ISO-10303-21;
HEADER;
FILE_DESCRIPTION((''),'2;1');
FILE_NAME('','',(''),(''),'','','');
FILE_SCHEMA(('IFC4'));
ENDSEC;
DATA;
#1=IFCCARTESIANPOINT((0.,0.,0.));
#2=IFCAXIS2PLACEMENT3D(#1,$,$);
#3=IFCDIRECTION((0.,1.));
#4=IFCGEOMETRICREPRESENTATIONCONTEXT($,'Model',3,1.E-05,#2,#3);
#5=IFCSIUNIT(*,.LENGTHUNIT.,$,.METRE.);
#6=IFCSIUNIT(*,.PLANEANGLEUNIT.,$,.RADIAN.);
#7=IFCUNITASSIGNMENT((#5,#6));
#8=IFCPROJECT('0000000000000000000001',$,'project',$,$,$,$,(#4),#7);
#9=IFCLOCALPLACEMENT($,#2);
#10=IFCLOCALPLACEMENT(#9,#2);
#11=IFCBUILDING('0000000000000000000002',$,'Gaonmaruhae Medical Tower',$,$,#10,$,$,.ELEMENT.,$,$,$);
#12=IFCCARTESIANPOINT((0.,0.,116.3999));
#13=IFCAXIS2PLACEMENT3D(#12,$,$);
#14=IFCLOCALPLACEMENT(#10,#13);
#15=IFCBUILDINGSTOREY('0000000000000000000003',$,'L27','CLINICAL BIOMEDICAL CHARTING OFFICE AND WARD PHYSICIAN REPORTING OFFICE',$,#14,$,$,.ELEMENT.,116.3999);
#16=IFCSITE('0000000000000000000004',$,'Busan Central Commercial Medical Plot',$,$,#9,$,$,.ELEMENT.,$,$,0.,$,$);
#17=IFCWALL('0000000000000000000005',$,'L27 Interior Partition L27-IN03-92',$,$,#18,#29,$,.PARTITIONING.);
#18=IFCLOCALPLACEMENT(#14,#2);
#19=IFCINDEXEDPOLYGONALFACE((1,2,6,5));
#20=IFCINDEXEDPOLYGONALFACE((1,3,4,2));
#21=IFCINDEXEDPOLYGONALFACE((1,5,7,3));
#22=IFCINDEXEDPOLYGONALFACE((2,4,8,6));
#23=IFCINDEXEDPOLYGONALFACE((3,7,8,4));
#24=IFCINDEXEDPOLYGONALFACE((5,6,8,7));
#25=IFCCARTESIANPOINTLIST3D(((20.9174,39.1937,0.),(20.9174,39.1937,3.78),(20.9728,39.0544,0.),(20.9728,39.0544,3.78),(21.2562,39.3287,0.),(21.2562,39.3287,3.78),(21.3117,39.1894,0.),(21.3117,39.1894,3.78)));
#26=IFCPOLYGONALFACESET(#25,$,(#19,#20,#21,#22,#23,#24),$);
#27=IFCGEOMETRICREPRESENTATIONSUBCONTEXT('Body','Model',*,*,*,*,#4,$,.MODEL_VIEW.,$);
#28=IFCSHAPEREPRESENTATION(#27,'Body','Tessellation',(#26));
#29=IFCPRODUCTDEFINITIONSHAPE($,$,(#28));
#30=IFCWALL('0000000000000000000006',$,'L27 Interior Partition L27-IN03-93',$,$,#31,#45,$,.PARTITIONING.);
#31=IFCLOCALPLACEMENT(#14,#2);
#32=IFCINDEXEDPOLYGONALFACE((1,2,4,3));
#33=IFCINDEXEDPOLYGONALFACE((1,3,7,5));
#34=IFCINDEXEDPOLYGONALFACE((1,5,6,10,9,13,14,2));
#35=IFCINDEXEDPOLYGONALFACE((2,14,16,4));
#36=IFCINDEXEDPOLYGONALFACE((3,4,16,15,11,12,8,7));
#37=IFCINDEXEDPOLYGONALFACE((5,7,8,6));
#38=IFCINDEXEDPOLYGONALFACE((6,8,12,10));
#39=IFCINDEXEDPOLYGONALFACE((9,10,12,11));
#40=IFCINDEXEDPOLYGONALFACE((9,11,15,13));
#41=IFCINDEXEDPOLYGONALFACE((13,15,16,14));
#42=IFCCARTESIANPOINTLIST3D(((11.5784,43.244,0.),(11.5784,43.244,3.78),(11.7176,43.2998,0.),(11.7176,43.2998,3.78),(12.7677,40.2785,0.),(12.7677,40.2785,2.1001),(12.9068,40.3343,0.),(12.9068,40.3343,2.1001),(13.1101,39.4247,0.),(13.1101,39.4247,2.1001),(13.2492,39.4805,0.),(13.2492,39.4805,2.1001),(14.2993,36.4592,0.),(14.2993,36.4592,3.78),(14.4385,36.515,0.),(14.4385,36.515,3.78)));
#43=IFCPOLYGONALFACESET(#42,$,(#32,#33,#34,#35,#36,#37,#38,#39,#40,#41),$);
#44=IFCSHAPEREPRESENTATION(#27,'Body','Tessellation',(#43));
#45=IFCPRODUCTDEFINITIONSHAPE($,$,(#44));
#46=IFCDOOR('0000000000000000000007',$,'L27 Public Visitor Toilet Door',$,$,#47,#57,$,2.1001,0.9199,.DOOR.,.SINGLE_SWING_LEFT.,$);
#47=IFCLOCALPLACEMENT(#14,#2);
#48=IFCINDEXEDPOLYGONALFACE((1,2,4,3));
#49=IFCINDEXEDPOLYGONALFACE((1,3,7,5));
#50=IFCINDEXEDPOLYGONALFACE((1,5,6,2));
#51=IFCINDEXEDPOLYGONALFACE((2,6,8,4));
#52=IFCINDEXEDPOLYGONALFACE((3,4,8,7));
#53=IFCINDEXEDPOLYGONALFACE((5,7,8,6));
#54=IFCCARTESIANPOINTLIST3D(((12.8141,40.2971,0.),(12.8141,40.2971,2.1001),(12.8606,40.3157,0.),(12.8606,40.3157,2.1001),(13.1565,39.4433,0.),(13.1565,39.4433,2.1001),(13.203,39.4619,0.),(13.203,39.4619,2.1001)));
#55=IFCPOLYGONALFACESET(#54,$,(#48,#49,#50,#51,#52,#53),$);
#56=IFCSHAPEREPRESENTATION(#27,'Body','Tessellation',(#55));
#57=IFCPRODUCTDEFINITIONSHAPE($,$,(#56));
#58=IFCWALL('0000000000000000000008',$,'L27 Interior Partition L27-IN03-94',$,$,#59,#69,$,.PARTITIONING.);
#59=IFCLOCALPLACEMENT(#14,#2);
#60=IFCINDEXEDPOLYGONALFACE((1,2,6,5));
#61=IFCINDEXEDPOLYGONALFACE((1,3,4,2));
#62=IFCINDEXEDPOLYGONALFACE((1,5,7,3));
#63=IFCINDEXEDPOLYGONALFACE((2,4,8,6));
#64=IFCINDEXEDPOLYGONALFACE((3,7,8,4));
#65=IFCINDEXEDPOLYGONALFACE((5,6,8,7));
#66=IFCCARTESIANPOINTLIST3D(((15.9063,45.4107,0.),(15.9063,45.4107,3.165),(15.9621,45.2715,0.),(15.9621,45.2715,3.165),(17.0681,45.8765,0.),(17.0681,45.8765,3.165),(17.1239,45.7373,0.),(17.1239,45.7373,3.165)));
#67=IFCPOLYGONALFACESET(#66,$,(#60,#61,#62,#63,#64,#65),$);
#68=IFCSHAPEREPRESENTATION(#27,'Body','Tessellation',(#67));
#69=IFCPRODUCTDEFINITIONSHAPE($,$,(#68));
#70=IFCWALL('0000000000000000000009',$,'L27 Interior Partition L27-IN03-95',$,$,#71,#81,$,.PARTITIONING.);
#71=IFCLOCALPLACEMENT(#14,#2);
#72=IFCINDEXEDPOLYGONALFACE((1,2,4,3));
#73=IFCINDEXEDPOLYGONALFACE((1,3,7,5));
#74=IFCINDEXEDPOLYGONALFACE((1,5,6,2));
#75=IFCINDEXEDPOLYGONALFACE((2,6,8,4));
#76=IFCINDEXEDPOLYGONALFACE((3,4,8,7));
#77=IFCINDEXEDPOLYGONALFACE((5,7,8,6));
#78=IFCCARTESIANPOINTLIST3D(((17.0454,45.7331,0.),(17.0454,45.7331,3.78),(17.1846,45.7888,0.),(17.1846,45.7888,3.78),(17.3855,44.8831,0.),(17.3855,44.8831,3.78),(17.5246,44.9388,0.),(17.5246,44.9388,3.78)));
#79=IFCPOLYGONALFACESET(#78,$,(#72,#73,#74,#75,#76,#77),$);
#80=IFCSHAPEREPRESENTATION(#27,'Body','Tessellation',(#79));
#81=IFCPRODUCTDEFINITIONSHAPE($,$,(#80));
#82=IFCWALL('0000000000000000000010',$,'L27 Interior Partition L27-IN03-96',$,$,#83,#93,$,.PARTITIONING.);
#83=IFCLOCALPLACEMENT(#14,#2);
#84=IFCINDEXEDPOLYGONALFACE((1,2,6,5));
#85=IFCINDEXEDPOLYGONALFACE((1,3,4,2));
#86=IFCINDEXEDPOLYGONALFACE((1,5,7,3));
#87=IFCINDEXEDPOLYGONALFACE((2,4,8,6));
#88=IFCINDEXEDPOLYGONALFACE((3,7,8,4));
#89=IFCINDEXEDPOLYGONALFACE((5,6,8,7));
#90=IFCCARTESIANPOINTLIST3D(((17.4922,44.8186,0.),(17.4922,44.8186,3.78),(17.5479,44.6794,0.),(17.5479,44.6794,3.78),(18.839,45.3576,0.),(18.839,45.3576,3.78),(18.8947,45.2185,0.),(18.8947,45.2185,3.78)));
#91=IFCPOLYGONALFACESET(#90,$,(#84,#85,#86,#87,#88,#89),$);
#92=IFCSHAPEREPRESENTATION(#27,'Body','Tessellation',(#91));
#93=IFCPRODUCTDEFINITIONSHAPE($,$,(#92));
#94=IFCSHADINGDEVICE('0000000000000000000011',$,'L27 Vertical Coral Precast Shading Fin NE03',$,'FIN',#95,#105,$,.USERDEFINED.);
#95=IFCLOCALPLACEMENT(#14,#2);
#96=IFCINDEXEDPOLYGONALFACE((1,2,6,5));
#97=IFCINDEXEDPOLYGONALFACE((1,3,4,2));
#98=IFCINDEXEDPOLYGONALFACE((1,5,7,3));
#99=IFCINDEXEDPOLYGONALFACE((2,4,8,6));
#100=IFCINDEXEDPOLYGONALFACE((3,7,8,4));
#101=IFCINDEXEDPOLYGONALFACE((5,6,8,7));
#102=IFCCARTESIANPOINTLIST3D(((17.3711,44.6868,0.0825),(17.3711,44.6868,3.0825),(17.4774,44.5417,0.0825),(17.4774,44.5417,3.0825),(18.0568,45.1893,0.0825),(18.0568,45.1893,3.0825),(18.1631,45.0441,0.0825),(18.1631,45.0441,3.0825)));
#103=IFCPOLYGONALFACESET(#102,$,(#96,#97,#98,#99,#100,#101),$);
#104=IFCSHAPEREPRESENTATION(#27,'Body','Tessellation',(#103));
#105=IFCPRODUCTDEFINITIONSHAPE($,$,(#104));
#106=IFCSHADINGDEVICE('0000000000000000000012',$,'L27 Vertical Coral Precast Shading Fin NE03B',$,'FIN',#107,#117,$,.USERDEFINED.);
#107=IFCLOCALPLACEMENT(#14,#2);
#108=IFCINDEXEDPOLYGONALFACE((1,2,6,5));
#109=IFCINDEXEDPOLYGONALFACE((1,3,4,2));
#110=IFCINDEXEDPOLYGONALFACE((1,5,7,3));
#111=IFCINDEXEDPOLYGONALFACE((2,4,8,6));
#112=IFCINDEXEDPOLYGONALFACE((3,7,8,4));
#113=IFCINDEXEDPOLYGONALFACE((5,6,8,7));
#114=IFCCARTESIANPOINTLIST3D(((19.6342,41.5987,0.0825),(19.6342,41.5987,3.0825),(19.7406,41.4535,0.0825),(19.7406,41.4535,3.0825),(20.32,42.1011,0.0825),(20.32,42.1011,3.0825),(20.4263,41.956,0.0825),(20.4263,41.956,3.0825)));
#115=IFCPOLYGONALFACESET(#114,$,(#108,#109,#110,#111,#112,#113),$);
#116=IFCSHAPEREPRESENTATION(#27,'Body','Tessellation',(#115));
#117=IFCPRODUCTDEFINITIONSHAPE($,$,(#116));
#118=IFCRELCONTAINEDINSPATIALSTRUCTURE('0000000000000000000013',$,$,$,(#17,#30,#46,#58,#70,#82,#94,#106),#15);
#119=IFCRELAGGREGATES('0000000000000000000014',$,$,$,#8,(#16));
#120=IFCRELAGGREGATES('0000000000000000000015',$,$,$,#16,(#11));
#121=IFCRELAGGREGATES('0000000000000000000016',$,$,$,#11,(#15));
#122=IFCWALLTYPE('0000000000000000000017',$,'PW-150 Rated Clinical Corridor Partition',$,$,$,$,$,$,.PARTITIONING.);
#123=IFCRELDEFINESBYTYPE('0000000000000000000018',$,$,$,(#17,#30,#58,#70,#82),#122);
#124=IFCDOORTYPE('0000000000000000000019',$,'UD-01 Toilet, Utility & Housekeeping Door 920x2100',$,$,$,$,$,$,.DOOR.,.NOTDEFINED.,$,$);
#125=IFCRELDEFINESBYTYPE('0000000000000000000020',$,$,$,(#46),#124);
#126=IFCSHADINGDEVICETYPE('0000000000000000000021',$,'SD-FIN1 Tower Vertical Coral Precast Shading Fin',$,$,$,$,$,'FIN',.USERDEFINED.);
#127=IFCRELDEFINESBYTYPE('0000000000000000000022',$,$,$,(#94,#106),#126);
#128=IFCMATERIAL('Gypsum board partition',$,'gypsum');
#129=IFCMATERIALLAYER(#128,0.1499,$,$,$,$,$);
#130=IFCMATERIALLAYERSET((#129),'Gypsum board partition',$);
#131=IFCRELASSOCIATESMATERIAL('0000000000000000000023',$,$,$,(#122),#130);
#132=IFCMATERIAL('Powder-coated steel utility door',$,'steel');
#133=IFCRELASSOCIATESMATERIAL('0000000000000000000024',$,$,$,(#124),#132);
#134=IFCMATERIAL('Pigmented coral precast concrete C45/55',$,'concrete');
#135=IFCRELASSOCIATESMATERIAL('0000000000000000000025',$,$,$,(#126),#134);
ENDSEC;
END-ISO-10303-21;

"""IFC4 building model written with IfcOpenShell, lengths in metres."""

from ifc_helpers import new_model, si_unit, direction, frame, frame_2d, origin, origin_2d, place, context, subcontext, project, spatial, rectangle, extrude, material, layer, layer_set, type_object, element, fill, save


model = new_model("IFC4")

# Units and contexts
model_context = context("Model", 3, precision=1e-05, world=origin(), true_north=direction((0.0, 1.0)))
body_context = subcontext(model_context, "Body", "Model", "MODEL_VIEW")
ifc_project = project(units=[si_unit("LENGTHUNIT", "METRE"), si_unit("PLANEANGLEUNIT", "RADIAN")], contexts=[model_context])

# Site, building, storey
site_placement = place(None, origin())
site = spatial("IfcSite", under=ifc_project, at=site_placement, Name="Busan Central Commercial Medical Plot", CompositionType="ELEMENT", RefElevation=0.0)
building_placement = place(site_placement, origin())
building = spatial("IfcBuilding", under=site, at=building_placement, Name="Gaonmaruhae Medical Tower", CompositionType="ELEMENT")
storey_placement = place(building_placement, frame((0.0, 0.0, 116.3999)))
storey = spatial("IfcBuildingStorey", under=building, at=storey_placement, Name="L27", Description="CLINICAL BIOMEDICAL CHARTING OFFICE AND WARD PHYSICIAN REPORTING OFFICE", CompositionType="ELEMENT", Elevation=116.3999)

# Shared definitions
ifc_material_1 = material(Name="Gypsum board partition", Category="gypsum")
ifc_layer_1 = layer(ifc_material_1, 0.1499)
ifc_layer_set_1 = layer_set([ifc_layer_1], Name="Gypsum board partition")
wall_type_1 = type_object("IfcWallType", Name="PW-150 Rated Clinical Corridor Partition", PredefinedType="PARTITIONING", material=ifc_layer_set_1)

# Wall
wall_1_placement = place(storey_placement, frame((21.2839, 39.259, 0.0), z_axis=(0.0, 0.0, 1.0), x_axis=(-0.928984, -0.370121, 0.0)))
element("IfcWall", 1, at=wall_1_placement, inside=storey, type_object=wall_type_1, Name="L27 Interior Partition L27-IN03-92", PredefinedType="PARTITIONING", context=body_context, shape_type="SweptSolid", body=[
    extrude(rectangle(XDim=0.3647, YDim=0.1499, at=frame_2d((0.1824, 0.0))), origin(), (0.0, 0.0, 1.0), 3.78),
])

# Wall, opening, door
wall_2_placement = place(storey_placement, frame((14.3689, 36.4871, 0.0), z_axis=(0.0, 0.0, 1.0), x_axis=(-0.372214, 0.928147, 0.0)))
wall_2 = element("IfcWall", 2, at=wall_2_placement, inside=storey, type_object=wall_type_1, Name="L27 Interior Partition L27-IN03-93", PredefinedType="PARTITIONING", context=body_context, shape_type="SweptSolid", body=[
    extrude(rectangle(XDim=7.3101, YDim=0.1499, at=frame_2d((3.655, 0.0))), origin(), (0.0, 0.0, 1.0), 3.78),
])
opening_1_placement = place(wall_2_placement, frame((3.1951, 0.0, 0.0)))
opening_1 = element("IfcOpeningElement", 3, at=opening_1_placement, cuts=wall_2, PredefinedType="OPENING", context=body_context, shape_type="SweptSolid", body=[
    extrude(rectangle(XDim=0.9199, YDim=2.1001, at=frame_2d((0.46, 1.05))), frame((0.0, 0.085, 0.0), z_axis=(0.0, -1.0, 0.0), x_axis=(1.0, 0.0, 0.0)), (0.0, 0.0, 1.0), 0.1699),
])
ifc_material_2 = material(Name="Powder-coated steel utility door", Category="steel")
door_type_1 = type_object("IfcDoorType", Name="UD-01 Toilet, Utility & Housekeeping Door 920x2100", OperationType="NOTDEFINED", PredefinedType="DOOR", material=ifc_material_2)
door_1_placement = place(opening_1_placement, origin())
door_1 = element("IfcDoor", 4, at=door_1_placement, inside=storey, type_object=door_type_1, Name="L27 Public Visitor Toilet Door", OperationType="SINGLE_SWING_LEFT", OverallHeight=2.1001, OverallWidth=0.9199, PredefinedType="DOOR", context=body_context, shape_type="SweptSolid", body=[
    extrude(rectangle(XDim=0.9199, YDim=2.1001, at=frame_2d((0.46, 1.05))), frame((0.0, 0.0249, 0.0), z_axis=(0.0, -1.0, 0.0), x_axis=(1.0, 0.0, 0.0)), (0.0, 0.0, 1.0), 0.05),
])
fill(opening_1, door_1)

# Walls
wall_3_placement = place(storey_placement, frame((15.9341, 45.3411, 0.0), z_axis=(0.0, 0.0, 1.0), x_axis=(0.92818, 0.37213, 0.0)))
element("IfcWall", 5, at=wall_3_placement, inside=storey, type_object=wall_type_1, Name="L27 Interior Partition L27-IN03-94", PredefinedType="PARTITIONING", context=body_context, shape_type="SweptSolid", body=[
    extrude(rectangle(XDim=1.2517, YDim=0.1499, at=frame_2d((0.626, 0.0))), origin(), (0.0, 0.0, 1.0), 3.165),
])
wall_4_placement = place(storey_placement, frame((17.115, 45.761, 0.0), z_axis=(0.0, 0.0, 1.0), x_axis=(0.371437, -0.928458, 0.0)))
element("IfcWall", 6, at=wall_4_placement, inside=storey, type_object=wall_type_1, Name="L27 Interior Partition L27-IN03-95", PredefinedType="PARTITIONING", context=body_context, shape_type="SweptSolid", body=[
    extrude(rectangle(XDim=0.9155, YDim=0.1499, at=frame_2d((0.4578, 0.0))), origin(), (0.0, 0.0, 1.0), 3.78),
])
wall_5_placement = place(storey_placement, frame((17.52, 44.749, 0.0), z_axis=(0.0, 0.0, 1.0), x_axis=(0.928407, 0.371565, 0.0)))
element("IfcWall", 7, at=wall_5_placement, inside=storey, type_object=wall_type_1, Name="L27 Interior Partition L27-IN03-96", PredefinedType="PARTITIONING", context=body_context, shape_type="SweptSolid", body=[
    extrude(rectangle(XDim=1.4507, YDim=0.1499, at=frame_2d((0.7253, 0.0))), origin(), (0.0, 0.0, 1.0), 3.78),
])

# Shading devices
ifc_material_3 = material(Name="Pigmented coral precast concrete C45/55", Category="concrete")
shading_device_type = type_object("IfcShadingDeviceType", Name="SD-FIN1 Tower Vertical Coral Precast Shading Fin", ElementType="FIN", PredefinedType="USERDEFINED", material=ifc_material_3)
for number, where, z_axis, x_axis, name in (
    (8, (17.7671, 44.8655, 0.0825), (0.0, 0.0, 1.0), (0.591056, -0.80663, 0.0), "L27 Vertical Coral Precast Shading Fin NE03"),
    (9, (20.0303, 41.7773, 0.0825), (0.0, 0.0, 1.0), (0.591056, -0.80663, 0.0), "L27 Vertical Coral Precast Shading Fin NE03B"),
):
    element("IfcShadingDevice", number, at=place(storey_placement, frame(where, z_axis=z_axis, x_axis=x_axis)), inside=storey, type_object=shading_device_type, Name=name, ObjectType="FIN", PredefinedType="USERDEFINED", context=body_context, shape_type="SweptSolid", body=[
        extrude(rectangle(XDim=0.1799, YDim=0.8501, at=origin_2d()), origin(), (0.0, 0.0, 1.0), 3.0),
    ])

save(model, "model.ifc")
